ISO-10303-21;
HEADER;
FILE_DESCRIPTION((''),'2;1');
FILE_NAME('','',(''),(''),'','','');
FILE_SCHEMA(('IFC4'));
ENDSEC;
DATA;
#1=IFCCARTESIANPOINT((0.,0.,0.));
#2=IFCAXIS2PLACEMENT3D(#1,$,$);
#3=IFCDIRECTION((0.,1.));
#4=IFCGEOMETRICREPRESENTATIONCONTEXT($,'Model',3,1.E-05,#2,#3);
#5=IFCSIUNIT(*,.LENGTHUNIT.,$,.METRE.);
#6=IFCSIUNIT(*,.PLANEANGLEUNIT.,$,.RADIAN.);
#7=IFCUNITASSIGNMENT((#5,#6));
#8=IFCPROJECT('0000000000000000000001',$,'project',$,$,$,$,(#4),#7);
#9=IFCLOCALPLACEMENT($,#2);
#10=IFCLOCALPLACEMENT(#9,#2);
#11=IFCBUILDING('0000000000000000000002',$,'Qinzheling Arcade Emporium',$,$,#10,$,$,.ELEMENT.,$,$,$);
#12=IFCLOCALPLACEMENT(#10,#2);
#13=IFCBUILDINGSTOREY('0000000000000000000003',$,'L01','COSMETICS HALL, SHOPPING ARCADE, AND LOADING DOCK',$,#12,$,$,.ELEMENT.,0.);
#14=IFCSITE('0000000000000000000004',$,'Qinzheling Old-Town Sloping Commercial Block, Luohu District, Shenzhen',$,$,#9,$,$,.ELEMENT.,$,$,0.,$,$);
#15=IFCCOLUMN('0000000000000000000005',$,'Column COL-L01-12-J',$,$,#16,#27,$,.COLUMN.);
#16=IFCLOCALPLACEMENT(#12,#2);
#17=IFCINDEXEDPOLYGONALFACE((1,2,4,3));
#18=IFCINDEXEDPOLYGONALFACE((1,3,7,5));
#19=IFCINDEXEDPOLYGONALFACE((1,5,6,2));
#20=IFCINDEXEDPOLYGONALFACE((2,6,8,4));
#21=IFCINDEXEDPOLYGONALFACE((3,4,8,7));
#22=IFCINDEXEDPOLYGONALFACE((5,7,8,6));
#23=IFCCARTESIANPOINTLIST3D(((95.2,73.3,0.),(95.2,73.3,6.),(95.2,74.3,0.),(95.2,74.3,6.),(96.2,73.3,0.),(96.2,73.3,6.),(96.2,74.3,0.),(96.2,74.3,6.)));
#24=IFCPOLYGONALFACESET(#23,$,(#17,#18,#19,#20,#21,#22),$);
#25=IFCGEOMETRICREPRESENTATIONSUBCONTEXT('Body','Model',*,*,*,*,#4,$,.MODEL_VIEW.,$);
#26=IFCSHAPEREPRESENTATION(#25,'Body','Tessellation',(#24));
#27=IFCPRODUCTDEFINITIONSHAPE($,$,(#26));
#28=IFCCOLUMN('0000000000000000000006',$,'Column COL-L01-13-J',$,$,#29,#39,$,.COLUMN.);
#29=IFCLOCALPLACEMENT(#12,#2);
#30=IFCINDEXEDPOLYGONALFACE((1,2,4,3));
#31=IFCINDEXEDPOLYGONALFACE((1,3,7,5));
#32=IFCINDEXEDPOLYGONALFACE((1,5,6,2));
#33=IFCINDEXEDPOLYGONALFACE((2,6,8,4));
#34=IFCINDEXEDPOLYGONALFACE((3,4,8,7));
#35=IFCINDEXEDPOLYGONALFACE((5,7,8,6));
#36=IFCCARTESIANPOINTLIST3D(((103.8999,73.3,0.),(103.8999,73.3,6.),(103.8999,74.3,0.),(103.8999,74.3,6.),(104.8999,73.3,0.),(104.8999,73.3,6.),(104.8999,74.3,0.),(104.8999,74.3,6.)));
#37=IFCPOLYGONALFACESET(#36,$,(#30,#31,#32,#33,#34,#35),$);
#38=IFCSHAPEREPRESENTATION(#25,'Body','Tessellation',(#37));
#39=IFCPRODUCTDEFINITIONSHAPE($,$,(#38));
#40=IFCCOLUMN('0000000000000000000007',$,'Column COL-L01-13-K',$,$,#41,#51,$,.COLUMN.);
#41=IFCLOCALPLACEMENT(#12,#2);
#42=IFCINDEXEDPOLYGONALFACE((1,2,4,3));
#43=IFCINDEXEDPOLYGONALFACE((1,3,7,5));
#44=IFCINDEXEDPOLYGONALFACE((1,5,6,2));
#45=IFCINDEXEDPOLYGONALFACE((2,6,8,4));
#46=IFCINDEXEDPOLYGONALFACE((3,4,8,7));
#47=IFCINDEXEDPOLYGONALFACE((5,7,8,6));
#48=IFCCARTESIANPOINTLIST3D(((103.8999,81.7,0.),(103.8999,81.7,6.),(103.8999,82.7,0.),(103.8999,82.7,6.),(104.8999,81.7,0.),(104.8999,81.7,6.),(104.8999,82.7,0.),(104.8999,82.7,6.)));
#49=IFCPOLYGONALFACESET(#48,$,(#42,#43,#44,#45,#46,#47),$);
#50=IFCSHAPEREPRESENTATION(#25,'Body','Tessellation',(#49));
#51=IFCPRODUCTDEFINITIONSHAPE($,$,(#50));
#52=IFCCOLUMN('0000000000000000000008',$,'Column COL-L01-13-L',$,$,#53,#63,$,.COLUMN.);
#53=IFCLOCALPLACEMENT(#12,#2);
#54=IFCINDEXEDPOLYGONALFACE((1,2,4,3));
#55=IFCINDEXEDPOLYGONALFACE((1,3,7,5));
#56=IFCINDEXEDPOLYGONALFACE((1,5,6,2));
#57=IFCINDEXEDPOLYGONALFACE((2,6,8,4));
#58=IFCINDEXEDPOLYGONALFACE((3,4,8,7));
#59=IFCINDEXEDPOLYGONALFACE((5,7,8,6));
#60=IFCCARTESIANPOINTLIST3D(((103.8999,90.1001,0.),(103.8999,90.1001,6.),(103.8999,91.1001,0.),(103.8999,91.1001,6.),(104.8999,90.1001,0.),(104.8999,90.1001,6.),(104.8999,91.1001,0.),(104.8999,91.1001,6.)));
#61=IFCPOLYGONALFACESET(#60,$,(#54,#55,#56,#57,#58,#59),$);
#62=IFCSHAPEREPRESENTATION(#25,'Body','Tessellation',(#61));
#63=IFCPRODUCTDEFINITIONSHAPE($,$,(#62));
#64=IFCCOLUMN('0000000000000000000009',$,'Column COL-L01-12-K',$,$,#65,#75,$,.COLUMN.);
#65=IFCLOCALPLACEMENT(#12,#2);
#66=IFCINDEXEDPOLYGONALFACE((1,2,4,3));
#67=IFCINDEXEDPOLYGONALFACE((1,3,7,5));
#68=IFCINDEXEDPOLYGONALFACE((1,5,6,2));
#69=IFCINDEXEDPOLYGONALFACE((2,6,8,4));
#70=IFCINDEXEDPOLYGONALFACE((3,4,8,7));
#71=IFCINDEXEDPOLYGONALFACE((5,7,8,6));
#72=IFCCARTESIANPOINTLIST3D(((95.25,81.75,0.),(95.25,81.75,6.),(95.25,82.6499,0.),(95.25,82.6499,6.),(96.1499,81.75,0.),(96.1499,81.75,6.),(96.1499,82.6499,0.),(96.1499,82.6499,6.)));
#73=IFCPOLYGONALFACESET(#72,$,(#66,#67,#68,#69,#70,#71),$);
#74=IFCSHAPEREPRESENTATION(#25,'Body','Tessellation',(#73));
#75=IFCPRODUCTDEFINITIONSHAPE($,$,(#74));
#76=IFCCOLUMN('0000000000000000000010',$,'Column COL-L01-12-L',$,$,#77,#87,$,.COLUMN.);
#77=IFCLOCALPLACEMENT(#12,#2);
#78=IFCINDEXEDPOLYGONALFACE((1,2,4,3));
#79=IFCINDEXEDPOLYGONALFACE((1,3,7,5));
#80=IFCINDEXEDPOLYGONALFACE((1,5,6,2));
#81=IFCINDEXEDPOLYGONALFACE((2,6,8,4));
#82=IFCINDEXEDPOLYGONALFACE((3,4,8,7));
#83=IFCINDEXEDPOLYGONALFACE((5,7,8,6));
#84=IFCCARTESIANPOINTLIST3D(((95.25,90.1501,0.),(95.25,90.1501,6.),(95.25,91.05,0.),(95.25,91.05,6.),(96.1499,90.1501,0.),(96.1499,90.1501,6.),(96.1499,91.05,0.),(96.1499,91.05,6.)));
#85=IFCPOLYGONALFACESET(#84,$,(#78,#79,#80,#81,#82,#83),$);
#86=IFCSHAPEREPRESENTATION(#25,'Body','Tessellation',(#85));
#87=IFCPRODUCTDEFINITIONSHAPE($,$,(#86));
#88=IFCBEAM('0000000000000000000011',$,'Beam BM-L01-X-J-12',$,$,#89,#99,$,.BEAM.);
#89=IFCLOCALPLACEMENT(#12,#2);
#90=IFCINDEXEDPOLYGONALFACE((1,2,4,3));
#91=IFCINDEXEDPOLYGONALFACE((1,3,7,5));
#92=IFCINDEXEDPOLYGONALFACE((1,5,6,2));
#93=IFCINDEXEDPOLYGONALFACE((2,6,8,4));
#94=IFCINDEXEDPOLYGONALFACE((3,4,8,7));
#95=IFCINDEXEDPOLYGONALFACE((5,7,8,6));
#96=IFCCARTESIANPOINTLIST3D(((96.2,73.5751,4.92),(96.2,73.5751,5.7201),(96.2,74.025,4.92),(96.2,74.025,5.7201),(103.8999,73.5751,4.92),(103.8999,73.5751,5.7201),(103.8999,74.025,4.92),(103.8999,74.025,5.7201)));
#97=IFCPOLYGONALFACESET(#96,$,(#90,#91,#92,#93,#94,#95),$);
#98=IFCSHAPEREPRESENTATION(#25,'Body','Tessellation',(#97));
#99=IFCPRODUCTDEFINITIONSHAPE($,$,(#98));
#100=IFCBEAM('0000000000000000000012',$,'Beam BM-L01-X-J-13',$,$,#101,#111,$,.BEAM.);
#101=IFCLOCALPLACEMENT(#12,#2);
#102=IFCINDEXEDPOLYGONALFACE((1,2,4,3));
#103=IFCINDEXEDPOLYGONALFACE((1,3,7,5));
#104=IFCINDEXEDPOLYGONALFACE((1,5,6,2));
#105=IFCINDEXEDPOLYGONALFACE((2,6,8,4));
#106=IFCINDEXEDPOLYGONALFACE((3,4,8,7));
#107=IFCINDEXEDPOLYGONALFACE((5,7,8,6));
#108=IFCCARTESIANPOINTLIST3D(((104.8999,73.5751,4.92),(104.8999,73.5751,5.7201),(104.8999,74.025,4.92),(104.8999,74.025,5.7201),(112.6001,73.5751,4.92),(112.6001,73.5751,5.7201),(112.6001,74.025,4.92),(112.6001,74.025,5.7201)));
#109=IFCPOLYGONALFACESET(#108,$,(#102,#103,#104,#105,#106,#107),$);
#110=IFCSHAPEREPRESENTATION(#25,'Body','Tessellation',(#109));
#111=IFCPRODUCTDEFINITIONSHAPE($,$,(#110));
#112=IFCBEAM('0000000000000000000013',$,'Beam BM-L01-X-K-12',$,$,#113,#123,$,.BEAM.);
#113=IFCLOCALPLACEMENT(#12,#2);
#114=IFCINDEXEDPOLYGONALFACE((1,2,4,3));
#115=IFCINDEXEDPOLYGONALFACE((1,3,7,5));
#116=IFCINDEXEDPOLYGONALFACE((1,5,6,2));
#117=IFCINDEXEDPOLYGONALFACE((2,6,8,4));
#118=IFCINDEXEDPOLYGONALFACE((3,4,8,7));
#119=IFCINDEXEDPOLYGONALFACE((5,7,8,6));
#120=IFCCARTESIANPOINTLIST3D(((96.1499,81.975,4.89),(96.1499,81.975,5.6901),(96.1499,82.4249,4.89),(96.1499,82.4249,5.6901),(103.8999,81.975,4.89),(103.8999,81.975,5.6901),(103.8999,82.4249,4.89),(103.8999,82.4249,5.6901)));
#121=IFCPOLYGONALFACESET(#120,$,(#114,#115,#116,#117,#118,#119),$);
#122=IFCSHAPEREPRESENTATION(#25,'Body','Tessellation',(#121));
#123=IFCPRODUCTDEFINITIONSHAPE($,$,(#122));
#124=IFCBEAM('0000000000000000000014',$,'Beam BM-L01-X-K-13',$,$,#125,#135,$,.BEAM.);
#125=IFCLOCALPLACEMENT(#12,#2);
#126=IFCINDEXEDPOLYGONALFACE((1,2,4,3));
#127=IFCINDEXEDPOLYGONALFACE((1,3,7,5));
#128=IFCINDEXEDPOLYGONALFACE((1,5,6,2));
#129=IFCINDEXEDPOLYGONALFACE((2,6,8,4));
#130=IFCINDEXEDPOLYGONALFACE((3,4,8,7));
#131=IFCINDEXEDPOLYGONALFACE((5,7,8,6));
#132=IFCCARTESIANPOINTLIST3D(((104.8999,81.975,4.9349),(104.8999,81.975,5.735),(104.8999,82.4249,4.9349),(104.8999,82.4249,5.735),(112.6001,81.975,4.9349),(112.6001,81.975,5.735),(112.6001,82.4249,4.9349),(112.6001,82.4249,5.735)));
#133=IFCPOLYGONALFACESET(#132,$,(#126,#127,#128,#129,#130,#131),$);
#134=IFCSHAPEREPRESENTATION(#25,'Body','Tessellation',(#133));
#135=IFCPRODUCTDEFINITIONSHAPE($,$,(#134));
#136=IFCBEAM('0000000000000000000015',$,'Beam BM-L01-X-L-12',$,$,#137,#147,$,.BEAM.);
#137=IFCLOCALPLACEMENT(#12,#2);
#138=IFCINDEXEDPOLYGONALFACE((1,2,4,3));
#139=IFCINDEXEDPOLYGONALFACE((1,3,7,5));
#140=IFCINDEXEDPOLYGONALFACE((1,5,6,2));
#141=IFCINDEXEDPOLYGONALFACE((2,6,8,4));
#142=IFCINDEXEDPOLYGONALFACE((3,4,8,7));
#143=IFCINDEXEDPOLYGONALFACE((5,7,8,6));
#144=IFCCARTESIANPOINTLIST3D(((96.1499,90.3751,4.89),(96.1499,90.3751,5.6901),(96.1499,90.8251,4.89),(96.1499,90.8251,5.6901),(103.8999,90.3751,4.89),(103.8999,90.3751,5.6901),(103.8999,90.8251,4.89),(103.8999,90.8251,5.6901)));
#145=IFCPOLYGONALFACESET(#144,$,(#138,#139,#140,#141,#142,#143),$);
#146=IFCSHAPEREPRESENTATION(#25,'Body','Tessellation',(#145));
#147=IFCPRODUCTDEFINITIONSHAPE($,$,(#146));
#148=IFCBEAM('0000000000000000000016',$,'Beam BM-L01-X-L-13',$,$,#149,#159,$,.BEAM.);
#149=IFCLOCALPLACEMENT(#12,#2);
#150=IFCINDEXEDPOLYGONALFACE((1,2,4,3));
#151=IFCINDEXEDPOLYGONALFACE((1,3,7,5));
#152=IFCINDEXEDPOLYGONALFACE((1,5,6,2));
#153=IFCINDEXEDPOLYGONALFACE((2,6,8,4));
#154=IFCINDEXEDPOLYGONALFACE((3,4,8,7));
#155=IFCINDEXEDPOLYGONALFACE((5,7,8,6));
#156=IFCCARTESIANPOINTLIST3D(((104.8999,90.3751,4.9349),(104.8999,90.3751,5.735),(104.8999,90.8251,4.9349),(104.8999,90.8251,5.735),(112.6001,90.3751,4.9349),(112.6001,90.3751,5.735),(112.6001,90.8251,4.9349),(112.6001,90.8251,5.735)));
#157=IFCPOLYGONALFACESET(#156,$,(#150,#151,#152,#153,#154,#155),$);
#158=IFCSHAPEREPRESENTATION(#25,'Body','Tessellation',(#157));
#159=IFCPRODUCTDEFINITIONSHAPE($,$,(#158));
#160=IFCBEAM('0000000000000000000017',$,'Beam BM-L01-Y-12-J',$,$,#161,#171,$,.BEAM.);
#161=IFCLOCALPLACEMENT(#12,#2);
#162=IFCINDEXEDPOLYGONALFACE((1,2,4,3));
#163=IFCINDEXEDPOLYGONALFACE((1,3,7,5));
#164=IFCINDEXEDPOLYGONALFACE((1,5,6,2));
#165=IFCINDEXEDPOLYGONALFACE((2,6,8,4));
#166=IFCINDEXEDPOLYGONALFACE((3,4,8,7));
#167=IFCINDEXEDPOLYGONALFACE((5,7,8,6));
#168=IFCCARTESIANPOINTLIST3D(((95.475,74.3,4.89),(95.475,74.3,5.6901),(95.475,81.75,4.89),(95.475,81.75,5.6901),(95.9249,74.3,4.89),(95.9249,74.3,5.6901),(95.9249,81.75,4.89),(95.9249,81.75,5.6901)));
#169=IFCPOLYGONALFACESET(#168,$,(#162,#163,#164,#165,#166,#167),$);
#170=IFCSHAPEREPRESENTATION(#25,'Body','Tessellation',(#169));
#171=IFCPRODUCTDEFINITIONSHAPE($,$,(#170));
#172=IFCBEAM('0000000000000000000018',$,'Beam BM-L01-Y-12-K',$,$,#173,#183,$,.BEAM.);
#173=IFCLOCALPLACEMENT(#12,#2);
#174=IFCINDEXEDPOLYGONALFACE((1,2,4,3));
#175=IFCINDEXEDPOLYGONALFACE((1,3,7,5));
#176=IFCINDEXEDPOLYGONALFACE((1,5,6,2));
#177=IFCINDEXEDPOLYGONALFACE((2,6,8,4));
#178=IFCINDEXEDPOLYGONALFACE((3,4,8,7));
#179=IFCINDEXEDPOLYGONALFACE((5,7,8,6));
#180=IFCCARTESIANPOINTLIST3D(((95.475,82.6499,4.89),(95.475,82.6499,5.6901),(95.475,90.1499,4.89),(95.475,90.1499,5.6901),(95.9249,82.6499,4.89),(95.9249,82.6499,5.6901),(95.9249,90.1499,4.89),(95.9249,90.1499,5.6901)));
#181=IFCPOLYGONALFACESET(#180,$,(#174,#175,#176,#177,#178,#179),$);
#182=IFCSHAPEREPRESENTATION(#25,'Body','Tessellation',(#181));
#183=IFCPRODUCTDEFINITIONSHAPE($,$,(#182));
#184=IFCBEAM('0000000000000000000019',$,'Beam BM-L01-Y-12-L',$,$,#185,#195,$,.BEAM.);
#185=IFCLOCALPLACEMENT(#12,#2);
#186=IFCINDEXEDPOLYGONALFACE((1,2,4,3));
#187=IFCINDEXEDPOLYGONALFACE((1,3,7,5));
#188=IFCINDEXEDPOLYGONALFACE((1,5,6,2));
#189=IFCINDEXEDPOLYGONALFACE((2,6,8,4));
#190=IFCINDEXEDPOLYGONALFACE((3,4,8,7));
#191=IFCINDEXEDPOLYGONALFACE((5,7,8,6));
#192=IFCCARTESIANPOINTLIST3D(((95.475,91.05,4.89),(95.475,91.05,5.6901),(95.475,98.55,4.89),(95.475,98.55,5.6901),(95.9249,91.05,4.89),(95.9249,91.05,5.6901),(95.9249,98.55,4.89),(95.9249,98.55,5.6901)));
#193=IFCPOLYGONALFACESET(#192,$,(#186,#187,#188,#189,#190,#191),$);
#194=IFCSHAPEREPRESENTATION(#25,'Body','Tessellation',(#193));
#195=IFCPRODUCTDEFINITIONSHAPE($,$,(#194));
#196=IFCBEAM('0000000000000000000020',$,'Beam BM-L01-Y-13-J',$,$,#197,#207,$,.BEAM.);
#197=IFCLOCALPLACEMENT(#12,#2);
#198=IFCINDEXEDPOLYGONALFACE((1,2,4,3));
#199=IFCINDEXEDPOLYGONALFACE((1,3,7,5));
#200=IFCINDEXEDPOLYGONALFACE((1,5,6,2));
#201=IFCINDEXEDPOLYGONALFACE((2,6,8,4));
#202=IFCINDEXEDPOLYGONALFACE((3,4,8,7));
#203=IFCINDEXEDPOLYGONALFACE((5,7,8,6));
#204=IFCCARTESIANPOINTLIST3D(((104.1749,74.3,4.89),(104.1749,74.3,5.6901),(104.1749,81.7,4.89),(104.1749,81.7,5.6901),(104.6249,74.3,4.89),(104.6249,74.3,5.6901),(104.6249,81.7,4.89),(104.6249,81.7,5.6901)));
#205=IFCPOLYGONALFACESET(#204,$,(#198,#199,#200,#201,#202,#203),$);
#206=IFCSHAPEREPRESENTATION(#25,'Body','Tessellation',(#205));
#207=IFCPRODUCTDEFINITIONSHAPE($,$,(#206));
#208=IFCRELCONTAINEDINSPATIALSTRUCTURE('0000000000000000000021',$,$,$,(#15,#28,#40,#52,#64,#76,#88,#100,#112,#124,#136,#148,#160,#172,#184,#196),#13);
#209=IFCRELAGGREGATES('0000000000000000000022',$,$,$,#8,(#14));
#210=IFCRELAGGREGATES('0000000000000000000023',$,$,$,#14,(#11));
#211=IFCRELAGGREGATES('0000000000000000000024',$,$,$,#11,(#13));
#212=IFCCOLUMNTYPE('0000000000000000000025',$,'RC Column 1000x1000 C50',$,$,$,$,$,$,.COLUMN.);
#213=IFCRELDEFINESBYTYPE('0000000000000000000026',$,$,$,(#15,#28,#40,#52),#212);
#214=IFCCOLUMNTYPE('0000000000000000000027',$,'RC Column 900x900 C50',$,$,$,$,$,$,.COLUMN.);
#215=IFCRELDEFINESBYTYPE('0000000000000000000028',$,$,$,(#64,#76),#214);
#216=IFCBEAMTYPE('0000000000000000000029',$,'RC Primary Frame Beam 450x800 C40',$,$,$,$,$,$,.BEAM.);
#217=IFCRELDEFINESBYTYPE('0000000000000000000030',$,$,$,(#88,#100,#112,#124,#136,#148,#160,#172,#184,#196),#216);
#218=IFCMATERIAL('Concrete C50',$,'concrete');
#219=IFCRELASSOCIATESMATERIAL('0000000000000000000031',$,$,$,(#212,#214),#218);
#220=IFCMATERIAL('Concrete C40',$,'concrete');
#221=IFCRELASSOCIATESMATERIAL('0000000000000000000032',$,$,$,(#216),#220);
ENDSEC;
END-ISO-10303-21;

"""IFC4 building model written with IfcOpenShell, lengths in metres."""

from ifc_helpers import new_model, si_unit, direction, frame, origin, origin_2d, place, context, subcontext, project, spatial, rectangle, extrude, material, material_profile, profile_set, type_object, element, save


model = new_model("IFC4")

# Units and contexts
model_context = context("Model", 3, precision=1e-05, world=origin(), true_north=direction((0.0, 1.0)))
body_context = subcontext(model_context, "Body", "Model", "MODEL_VIEW")
ifc_project = project(units=[si_unit("LENGTHUNIT", "METRE"), si_unit("PLANEANGLEUNIT", "RADIAN")], contexts=[model_context])

# Site, building, storey
site_placement = place(None, origin())
site = spatial("IfcSite", under=ifc_project, at=site_placement, Name="Qinzheling Old-Town Sloping Commercial Block, Luohu District, Shenzhen", CompositionType="ELEMENT", RefElevation=0.0)
building_placement = place(site_placement, origin())
building = spatial("IfcBuilding", under=site, at=building_placement, Name="Qinzheling Arcade Emporium", CompositionType="ELEMENT")
storey_placement = place(building_placement, origin())
storey = spatial("IfcBuildingStorey", under=building, at=storey_placement, Name="L01", Description="COSMETICS HALL, SHOPPING ARCADE, AND LOADING DOCK", CompositionType="ELEMENT", Elevation=0.0)

# Columns
ifc_material_1 = material(Name="Concrete C50", Category="concrete")
ifc_material_profile_1 = material_profile(ifc_material_1, rectangle(XDim=1.0, YDim=1.0, at=origin_2d()), Name="RC 1000x1000", Category="concrete")
ifc_profile_set_1 = profile_set([ifc_material_profile_1], Name="Concrete C50")
column_type_1 = type_object("IfcColumnType", Name="RC Column 1000x1000 C50", PredefinedType="COLUMN", material=ifc_profile_set_1)
for number, where, z_axis, x_axis, name in (
    (1, (95.7, 73.8, 0.0), (0.0, 0.0, 1.0), (1.0, 0.0, 0.0), "Column COL-L01-12-J"),
    (2, (104.3999, 73.8, 0.0), (0.0, 0.0, 1.0), (1.0, 0.0, 0.0), "Column COL-L01-13-J"),
    (3, (104.3999, 82.2, 0.0), (0.0, 0.0, 1.0), (1.0, 0.0, 0.0), "Column COL-L01-13-K"),
    (4, (104.3999, 90.6001, 0.0), (0.0, 0.0, 1.0), (1.0, 0.0, 0.0), "Column COL-L01-13-L"),
):
    element("IfcColumn", number, at=place(storey_placement, frame(where, z_axis=z_axis, x_axis=x_axis)), inside=storey, type_object=column_type_1, Name=name, PredefinedType="COLUMN", context=body_context, shape_type="SweptSolid", body=[
        extrude(rectangle(XDim=1.0, YDim=1.0, at=origin_2d()), origin(), (0.0, 0.0, 1.0), 6.0),
    ])
ifc_material_profile_2 = material_profile(ifc_material_1, rectangle(XDim=0.8999, YDim=0.8999, at=origin_2d()), Name="RC 900x900", Category="concrete")
ifc_profile_set_2 = profile_set([ifc_material_profile_2], Name="Concrete C50")
column_type_2 = type_object("IfcColumnType", Name="RC Column 900x900 C50", PredefinedType="COLUMN", material=ifc_profile_set_2)
for number, where, z_axis, x_axis, name in (
    (5, (95.7, 82.2, 0.0), (0.0, 0.0, 1.0), (1.0, 0.0, 0.0), "Column COL-L01-12-K"),
    (6, (95.7, 90.6001, 0.0), (0.0, 0.0, 1.0), (1.0, 0.0, 0.0), "Column COL-L01-12-L"),
):
    element("IfcColumn", number, at=place(storey_placement, frame(where, z_axis=z_axis, x_axis=x_axis)), inside=storey, type_object=column_type_2, Name=name, PredefinedType="COLUMN", context=body_context, shape_type="SweptSolid", body=[
        extrude(rectangle(XDim=0.8999, YDim=0.8999, at=origin_2d()), origin(), (0.0, 0.0, 1.0), 6.0),
    ])

# Beams
ifc_material_2 = material(Name="Concrete C40", Category="concrete")
ifc_material_profile_3 = material_profile(ifc_material_2, rectangle(XDim=0.45, YDim=0.8, at=origin_2d()), Name="RC 450x800", Category="concrete")
ifc_profile_set_3 = profile_set([ifc_material_profile_3], Name="Concrete C40")
beam_type = type_object("IfcBeamType", Name="RC Primary Frame Beam 450x800 C40", PredefinedType="BEAM", material=ifc_profile_set_3)
beam_1_placement = place(storey_placement, frame((96.2, 73.8, 5.3201), z_axis=(1.0, 0.0, 0.0), x_axis=(0.0, 1.0, 0.0)))
element("IfcBeam", 7, at=beam_1_placement, inside=storey, type_object=beam_type, Name="Beam BM-L01-X-J-12", PredefinedType="BEAM", context=body_context, shape_type="SweptSolid", body=[
    extrude(rectangle(XDim=0.45, YDim=0.8, at=origin_2d()), origin(), (0.0, 0.0, 1.0), 7.7),
])
beam_2_placement = place(storey_placement, frame((104.8999, 73.8, 5.3201), z_axis=(1.0, 0.0, 0.0), x_axis=(0.0, 1.0, 0.0)))
element("IfcBeam", 8, at=beam_2_placement, inside=storey, type_object=beam_type, Name="Beam BM-L01-X-J-13", PredefinedType="BEAM", context=body_context, shape_type="SweptSolid", body=[
    extrude(rectangle(XDim=0.45, YDim=0.8, at=origin_2d()), origin(), (0.0, 0.0, 1.0), 7.7002),
])
beam_3_placement = place(storey_placement, frame((96.1499, 82.2, 5.29), z_axis=(1.0, 0.0, 0.0), x_axis=(0.0, 1.0, 0.0)))
element("IfcBeam", 9, at=beam_3_placement, inside=storey, type_object=beam_type, Name="Beam BM-L01-X-K-12", PredefinedType="BEAM", context=body_context, shape_type="SweptSolid", body=[
    extrude(rectangle(XDim=0.45, YDim=0.8, at=origin_2d()), origin(), (0.0, 0.0, 1.0), 7.75),
])
beam_4_placement = place(storey_placement, frame((104.8999, 82.2, 5.335), z_axis=(1.0, 0.0, 0.0), x_axis=(0.0, 1.0, 0.0)))
element("IfcBeam", 10, at=beam_4_placement, inside=storey, type_object=beam_type, Name="Beam BM-L01-X-K-13", PredefinedType="BEAM", context=body_context, shape_type="SweptSolid", body=[
    extrude(rectangle(XDim=0.45, YDim=0.8, at=origin_2d()), origin(), (0.0, 0.0, 1.0), 7.7002),
])
beam_5_placement = place(storey_placement, frame((96.1499, 90.6001, 5.29), z_axis=(1.0, 0.0, 0.0), x_axis=(0.0, 1.0, 0.0)))
element("IfcBeam", 11, at=beam_5_placement, inside=storey, type_object=beam_type, Name="Beam BM-L01-X-L-12", PredefinedType="BEAM", context=body_context, shape_type="SweptSolid", body=[
    extrude(rectangle(XDim=0.45, YDim=0.8, at=origin_2d()), origin(), (0.0, 0.0, 1.0), 7.75),
])
beam_6_placement = place(storey_placement, frame((104.8999, 90.6001, 5.335), z_axis=(1.0, 0.0, 0.0), x_axis=(0.0, 1.0, 0.0)))
element("IfcBeam", 12, at=beam_6_placement, inside=storey, type_object=beam_type, Name="Beam BM-L01-X-L-13", PredefinedType="BEAM", context=body_context, shape_type="SweptSolid", body=[
    extrude(rectangle(XDim=0.45, YDim=0.8, at=origin_2d()), origin(), (0.0, 0.0, 1.0), 7.7002),
])
beam_7_placement = place(storey_placement, frame((95.7, 74.3, 5.29), z_axis=(0.0, 1.0, 0.0), x_axis=(-1.0, 0.0, 0.0)))
element("IfcBeam", 13, at=beam_7_placement, inside=storey, type_object=beam_type, Name="Beam BM-L01-Y-12-J", PredefinedType="BEAM", context=body_context, shape_type="SweptSolid", body=[
    extrude(rectangle(XDim=0.45, YDim=0.8, at=origin_2d()), origin(), (0.0, 0.0, 1.0), 7.45),
])
for number, where, z_axis, x_axis, name in (
    (14, (95.7, 82.6499, 5.29), (0.0, 1.0, 0.0), (-1.0, 0.0, 0.0), "Beam BM-L01-Y-12-K"),
    (15, (95.7, 91.05, 5.29), (0.0, 1.0, 0.0), (-1.0, 0.0, 0.0), "Beam BM-L01-Y-12-L"),
):
    element("IfcBeam", number, at=place(storey_placement, frame(where, z_axis=z_axis, x_axis=x_axis)), inside=storey, type_object=beam_type, Name=name, PredefinedType="BEAM", context=body_context, shape_type="SweptSolid", body=[
        extrude(rectangle(XDim=0.45, YDim=0.8, at=origin_2d()), origin(), (0.0, 0.0, 1.0), 7.5),
    ])
beam_8_placement = place(storey_placement, frame((104.3999, 74.3, 5.29), z_axis=(0.0, 1.0, 0.0), x_axis=(-1.0, 0.0, 0.0)))
element("IfcBeam", 16, at=beam_8_placement, inside=storey, type_object=beam_type, Name="Beam BM-L01-Y-13-J", PredefinedType="BEAM", context=body_context, shape_type="SweptSolid", body=[
    extrude(rectangle(XDim=0.45, YDim=0.8, at=origin_2d()), origin(), (0.0, 0.0, 1.0), 7.3999),
])

save(model, "model.ifc")
